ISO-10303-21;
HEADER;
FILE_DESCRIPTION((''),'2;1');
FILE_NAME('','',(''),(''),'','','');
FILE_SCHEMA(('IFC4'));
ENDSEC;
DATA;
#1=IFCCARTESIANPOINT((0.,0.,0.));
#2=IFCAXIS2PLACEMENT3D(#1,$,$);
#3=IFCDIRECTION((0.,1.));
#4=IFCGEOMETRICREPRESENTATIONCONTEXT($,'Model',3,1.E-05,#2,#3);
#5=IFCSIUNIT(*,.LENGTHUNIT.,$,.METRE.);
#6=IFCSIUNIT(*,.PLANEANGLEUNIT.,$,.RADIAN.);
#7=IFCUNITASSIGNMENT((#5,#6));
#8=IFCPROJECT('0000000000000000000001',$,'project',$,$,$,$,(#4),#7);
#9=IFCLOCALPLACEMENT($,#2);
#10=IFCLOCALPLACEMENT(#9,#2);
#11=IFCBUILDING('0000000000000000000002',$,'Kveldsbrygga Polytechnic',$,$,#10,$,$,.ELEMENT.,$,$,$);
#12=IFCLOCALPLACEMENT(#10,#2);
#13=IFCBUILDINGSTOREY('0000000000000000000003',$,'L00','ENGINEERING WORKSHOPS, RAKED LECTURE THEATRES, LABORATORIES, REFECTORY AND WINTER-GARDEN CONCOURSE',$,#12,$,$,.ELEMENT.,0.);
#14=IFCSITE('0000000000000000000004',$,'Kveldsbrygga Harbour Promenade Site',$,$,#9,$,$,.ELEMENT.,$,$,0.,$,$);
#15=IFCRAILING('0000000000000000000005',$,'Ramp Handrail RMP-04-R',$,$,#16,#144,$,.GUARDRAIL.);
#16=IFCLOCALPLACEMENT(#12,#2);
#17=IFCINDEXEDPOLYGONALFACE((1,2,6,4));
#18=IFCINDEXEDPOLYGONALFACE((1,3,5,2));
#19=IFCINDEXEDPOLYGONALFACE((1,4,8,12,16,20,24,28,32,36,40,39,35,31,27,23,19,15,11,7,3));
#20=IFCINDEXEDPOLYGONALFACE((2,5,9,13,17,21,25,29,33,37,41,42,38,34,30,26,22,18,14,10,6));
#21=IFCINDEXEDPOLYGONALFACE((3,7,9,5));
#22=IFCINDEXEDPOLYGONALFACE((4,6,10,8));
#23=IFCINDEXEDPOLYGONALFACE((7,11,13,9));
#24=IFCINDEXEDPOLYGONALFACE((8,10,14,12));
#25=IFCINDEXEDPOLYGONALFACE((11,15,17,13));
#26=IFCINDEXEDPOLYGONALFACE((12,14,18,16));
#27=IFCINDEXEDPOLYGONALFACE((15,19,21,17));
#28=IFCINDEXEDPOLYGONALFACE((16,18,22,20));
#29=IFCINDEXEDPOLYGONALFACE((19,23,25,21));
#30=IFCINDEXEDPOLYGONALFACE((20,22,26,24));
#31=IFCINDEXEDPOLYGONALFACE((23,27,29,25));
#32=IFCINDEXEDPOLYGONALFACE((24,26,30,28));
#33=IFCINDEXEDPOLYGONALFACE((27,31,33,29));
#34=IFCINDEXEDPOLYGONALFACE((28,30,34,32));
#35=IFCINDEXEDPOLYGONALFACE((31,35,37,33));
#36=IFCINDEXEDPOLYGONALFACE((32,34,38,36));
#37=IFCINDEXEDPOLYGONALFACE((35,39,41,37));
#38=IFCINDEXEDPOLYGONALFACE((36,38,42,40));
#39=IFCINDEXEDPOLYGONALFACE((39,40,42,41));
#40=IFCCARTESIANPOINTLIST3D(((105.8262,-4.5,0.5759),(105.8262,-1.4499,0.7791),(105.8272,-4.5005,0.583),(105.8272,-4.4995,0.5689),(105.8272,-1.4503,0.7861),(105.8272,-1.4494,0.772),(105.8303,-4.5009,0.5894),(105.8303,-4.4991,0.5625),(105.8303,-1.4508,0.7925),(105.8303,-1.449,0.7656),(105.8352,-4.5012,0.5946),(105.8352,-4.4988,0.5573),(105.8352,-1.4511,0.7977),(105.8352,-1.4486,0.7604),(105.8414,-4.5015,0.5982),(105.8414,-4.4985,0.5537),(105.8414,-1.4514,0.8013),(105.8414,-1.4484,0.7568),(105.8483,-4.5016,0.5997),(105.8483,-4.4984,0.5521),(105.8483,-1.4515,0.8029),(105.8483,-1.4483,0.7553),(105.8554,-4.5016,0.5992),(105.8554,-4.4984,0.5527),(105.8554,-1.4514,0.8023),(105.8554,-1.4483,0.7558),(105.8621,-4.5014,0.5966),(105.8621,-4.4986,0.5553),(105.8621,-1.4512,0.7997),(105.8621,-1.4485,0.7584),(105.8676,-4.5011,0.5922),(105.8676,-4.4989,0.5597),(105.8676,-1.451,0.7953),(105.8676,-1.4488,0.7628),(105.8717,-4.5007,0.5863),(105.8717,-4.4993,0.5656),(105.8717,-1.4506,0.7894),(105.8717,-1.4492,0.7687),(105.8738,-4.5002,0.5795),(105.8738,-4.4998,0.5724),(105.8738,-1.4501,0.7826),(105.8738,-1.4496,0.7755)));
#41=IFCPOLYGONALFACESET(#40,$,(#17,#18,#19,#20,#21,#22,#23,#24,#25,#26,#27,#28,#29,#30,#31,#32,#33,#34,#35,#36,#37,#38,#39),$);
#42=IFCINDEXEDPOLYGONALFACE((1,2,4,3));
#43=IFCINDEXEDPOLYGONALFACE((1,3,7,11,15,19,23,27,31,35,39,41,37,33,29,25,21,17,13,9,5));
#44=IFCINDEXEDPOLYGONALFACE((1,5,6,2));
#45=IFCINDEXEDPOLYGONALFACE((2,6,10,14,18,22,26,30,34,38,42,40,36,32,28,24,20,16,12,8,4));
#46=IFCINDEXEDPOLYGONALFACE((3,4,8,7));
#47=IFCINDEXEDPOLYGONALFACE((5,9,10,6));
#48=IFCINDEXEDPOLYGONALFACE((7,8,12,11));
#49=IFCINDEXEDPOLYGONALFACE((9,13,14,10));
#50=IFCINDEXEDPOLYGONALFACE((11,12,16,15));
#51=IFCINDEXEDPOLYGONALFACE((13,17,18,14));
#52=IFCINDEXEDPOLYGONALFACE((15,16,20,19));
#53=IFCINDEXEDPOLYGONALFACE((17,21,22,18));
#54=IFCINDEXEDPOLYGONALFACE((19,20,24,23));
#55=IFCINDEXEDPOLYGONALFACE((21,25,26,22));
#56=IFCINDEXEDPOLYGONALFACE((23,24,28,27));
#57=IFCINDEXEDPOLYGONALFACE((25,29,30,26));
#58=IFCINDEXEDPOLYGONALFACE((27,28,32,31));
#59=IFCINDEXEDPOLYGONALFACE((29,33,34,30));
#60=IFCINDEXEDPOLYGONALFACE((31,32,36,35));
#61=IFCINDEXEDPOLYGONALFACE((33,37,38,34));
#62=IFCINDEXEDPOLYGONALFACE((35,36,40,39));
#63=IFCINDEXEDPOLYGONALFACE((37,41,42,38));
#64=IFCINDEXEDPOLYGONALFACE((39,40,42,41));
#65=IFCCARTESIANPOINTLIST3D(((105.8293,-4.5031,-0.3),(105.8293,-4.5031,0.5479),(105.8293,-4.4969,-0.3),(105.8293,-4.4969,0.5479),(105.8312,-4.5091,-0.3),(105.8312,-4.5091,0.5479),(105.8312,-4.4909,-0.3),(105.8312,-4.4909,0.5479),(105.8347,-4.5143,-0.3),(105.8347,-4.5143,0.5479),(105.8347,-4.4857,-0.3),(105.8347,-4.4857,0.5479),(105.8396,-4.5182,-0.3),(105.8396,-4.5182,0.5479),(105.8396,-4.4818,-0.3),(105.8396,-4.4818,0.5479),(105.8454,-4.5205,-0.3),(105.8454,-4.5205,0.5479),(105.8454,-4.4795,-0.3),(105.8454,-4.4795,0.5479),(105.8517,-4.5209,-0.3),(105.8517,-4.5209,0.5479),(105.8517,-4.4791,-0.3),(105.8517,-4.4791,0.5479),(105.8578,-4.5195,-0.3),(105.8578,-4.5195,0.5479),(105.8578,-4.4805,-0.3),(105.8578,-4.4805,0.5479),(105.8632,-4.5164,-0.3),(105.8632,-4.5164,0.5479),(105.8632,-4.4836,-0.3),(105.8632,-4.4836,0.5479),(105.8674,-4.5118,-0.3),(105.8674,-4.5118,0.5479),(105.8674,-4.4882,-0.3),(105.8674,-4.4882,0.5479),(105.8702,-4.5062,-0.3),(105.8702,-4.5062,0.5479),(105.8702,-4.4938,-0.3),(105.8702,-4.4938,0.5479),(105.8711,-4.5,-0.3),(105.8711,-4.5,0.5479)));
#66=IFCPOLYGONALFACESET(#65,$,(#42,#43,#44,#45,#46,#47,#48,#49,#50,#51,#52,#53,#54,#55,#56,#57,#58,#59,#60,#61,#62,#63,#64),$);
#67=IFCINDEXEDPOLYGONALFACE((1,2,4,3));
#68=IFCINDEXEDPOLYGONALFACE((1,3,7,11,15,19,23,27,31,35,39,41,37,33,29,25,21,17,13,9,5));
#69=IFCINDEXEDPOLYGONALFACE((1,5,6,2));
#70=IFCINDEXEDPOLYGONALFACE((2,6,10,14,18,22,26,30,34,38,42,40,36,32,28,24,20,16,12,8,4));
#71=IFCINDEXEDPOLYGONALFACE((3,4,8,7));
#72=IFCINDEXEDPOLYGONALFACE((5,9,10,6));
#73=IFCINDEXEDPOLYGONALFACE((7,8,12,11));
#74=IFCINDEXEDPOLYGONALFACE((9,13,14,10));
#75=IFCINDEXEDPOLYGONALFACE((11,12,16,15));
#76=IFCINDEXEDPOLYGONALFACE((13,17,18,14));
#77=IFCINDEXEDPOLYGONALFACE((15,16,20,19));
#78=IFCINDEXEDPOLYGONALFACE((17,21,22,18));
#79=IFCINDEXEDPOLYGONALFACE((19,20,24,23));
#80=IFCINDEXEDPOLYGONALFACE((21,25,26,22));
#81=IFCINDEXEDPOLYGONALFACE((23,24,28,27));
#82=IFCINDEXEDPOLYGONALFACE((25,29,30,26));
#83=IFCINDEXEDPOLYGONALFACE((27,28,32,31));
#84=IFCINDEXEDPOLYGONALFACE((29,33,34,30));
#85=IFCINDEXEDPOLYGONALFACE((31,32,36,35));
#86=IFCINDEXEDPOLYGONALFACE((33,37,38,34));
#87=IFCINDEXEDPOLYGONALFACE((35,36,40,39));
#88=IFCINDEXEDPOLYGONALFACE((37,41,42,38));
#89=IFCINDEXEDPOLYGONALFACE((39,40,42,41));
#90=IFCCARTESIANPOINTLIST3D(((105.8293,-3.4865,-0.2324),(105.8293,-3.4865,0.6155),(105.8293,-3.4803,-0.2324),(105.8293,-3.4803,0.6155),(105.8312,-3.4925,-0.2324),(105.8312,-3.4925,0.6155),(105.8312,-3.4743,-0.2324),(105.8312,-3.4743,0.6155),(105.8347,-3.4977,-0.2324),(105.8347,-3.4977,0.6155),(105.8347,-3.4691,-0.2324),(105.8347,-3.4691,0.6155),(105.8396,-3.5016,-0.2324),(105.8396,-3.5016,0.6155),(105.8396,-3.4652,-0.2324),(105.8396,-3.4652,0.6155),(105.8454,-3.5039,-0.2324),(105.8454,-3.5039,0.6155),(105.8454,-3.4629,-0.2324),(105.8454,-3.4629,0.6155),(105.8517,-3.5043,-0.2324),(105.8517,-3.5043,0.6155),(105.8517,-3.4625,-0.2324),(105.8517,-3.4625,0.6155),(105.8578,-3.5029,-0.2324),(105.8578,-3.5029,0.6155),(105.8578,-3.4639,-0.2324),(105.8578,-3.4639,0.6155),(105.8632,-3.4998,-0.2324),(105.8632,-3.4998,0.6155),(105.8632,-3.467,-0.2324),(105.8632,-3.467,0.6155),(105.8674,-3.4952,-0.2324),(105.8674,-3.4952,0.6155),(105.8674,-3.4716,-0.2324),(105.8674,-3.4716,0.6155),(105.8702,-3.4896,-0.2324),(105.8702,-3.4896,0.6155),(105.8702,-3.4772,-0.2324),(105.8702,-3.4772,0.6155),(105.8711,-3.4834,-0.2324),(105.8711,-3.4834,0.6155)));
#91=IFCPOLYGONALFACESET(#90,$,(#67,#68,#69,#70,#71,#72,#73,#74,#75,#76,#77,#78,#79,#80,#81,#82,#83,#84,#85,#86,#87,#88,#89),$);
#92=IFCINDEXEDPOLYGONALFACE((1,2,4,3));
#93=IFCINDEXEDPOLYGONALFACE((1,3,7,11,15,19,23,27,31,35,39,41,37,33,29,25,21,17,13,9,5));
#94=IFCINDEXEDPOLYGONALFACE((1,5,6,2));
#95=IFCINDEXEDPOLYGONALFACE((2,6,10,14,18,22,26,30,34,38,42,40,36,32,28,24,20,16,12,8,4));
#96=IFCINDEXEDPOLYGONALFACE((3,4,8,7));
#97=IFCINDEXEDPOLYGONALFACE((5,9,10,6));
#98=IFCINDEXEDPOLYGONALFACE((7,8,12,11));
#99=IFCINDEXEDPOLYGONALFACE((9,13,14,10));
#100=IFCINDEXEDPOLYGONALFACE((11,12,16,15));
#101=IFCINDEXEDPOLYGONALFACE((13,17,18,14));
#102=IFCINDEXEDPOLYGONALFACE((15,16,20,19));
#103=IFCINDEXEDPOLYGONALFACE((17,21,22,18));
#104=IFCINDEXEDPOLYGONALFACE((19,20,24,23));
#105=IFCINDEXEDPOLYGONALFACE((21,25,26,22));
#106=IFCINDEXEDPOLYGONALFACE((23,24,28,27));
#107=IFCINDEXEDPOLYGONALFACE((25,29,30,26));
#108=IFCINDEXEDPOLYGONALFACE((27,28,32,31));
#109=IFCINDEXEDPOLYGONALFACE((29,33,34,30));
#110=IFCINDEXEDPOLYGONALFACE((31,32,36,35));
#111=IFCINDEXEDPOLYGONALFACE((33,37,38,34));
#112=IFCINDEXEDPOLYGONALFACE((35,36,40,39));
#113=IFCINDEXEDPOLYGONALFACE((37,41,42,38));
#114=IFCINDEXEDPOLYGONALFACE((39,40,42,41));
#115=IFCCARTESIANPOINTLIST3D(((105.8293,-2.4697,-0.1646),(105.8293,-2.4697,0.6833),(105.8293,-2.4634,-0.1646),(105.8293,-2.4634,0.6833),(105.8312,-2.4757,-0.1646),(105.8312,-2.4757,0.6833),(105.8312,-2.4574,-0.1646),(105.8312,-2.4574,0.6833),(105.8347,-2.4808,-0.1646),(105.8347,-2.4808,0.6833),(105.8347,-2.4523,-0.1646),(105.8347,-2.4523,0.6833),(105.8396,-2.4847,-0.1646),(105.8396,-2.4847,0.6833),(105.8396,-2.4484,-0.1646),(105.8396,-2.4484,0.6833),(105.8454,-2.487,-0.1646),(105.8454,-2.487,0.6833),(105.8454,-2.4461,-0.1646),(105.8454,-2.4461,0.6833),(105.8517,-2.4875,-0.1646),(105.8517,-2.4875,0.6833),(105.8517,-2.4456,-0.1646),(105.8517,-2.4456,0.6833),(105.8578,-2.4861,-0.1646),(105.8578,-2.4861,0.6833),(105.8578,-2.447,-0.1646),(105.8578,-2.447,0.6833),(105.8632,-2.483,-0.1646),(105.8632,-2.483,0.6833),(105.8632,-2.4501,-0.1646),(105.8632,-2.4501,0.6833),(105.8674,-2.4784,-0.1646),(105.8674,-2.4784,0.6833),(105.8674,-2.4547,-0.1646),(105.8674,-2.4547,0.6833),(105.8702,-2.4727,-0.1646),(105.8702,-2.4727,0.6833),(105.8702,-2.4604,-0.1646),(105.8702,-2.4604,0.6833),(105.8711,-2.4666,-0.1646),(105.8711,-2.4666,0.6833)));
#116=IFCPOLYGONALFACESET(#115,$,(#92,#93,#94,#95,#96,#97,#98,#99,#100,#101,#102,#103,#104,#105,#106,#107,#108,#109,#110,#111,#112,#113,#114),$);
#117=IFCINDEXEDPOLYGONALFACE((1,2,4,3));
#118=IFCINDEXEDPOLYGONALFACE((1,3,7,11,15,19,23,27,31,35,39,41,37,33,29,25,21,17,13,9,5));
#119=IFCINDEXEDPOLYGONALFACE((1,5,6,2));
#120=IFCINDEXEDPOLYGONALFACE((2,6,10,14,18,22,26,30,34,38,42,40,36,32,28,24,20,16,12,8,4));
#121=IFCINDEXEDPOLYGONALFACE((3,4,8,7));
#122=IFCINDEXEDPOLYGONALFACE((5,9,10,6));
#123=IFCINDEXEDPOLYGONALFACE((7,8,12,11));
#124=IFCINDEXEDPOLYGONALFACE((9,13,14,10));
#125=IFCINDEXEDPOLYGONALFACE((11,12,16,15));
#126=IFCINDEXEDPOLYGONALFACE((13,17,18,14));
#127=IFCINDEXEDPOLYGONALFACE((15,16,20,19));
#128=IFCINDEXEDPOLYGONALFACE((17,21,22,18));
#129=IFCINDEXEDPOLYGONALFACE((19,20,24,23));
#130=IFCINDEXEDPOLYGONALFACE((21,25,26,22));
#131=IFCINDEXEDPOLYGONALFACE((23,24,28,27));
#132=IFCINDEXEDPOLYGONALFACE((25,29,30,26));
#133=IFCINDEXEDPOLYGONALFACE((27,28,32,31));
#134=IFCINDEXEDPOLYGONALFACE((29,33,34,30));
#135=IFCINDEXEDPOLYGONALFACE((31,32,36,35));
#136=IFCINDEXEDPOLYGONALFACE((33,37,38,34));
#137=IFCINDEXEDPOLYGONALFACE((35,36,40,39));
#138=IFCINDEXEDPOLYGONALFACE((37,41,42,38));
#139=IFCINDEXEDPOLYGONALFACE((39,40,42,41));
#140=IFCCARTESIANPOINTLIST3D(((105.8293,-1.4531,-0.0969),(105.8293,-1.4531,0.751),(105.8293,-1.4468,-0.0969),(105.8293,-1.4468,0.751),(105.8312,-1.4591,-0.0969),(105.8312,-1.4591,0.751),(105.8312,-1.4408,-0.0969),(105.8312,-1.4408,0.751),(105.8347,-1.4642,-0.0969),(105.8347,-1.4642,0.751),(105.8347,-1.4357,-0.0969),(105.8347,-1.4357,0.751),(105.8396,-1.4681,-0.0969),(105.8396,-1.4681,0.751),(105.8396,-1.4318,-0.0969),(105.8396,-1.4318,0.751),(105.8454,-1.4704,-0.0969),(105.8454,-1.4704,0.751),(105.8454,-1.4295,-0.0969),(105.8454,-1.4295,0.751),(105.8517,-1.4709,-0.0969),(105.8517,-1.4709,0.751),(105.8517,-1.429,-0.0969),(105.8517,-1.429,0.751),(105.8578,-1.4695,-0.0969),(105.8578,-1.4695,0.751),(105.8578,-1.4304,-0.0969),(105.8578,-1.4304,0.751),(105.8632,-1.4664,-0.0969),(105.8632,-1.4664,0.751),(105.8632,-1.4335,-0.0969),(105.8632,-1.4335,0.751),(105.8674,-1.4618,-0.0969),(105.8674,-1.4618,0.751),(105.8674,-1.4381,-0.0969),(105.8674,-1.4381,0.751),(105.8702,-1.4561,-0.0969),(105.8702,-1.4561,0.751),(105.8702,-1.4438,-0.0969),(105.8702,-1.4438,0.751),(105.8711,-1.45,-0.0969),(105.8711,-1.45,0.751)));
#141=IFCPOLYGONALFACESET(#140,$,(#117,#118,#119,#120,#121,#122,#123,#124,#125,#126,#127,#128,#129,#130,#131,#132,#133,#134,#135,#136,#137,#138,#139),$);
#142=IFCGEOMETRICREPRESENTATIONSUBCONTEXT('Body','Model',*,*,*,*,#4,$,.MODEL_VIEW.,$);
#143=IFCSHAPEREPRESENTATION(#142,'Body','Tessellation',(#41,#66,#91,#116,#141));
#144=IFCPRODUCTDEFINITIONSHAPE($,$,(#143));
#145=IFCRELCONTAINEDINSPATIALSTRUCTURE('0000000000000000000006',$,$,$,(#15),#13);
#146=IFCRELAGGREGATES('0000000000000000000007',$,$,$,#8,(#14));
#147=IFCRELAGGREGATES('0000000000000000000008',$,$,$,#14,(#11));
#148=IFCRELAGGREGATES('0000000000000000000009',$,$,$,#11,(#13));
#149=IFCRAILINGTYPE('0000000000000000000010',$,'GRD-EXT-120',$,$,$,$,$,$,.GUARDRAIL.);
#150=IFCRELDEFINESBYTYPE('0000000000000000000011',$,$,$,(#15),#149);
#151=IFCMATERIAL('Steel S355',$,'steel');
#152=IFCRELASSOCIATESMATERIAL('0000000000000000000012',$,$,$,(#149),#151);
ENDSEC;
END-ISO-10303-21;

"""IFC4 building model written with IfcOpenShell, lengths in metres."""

from ifc_helpers import new_model, si_unit, direction, frame, origin, origin_2d, place, context, subcontext, project, spatial, circle, extrude, material, type_object, element, save


model = new_model("IFC4")

# Units and contexts
model_context = context("Model", 3, precision=1e-05, world=origin(), true_north=direction((0.0, 1.0)))
body_context = subcontext(model_context, "Body", "Model", "MODEL_VIEW")
ifc_project = project(units=[si_unit("LENGTHUNIT", "METRE"), si_unit("PLANEANGLEUNIT", "RADIAN")], contexts=[model_context])

# Site, building, storey
site_placement = place(None, origin())
site = spatial("IfcSite", under=ifc_project, at=site_placement, Name="Kveldsbrygga Harbour Promenade Site", CompositionType="ELEMENT", RefElevation=0.0)
building_placement = place(site_placement, origin())
building = spatial("IfcBuilding", under=site, at=building_placement, Name="Kveldsbrygga Polytechnic", CompositionType="ELEMENT")
storey_placement = place(building_placement, origin())
storey = spatial("IfcBuildingStorey", under=building, at=storey_placement, Name="L00", Description="ENGINEERING WORKSHOPS, RAKED LECTURE THEATRES, LABORATORIES, REFECTORY AND WINTER-GARDEN CONCOURSE", CompositionType="ELEMENT", Elevation=0.0)

# Shared definitions
ifc_material_1 = material(Name="Steel S355", Category="steel")

# Railing
railing_type = type_object("IfcRailingType", Name="GRD-EXT-120", PredefinedType="GUARDRAIL", material=ifc_material_1)
for number, where, name in (
    (1, (105.8501, -4.5, -0.3), "Ramp Handrail RMP-04-R"),
):
    element("IfcRailing", number, at=place(storey_placement, frame(where)), inside=storey, type_object=railing_type, Name=name, PredefinedType="GUARDRAIL", context=body_context, shape_type="SweptSolid", body=[
        extrude(circle(Radius=0.0239, at=origin_2d()), frame((0.0, 0.0, 0.876), z_axis=(0.0, 0.99779, 0.06645), x_axis=(-1.0, 0.0, 0.0)), (0.0, 0.0, 1.0), 3.0569),
        extrude(circle(Radius=0.021, at=origin_2d()), origin(), (0.0, 0.0, 1.0), 0.8479),
        extrude(circle(Radius=0.021, at=origin_2d()), frame((0.0, 1.0166, 0.0676)), (0.0, 0.0, 1.0), 0.8479),
        extrude(circle(Radius=0.021, at=origin_2d()), frame((0.0, 2.0334, 0.1355)), (0.0, 0.0, 1.0), 0.8479),
        extrude(circle(Radius=0.021, at=origin_2d()), frame((0.0, 3.05, 0.2031)), (0.0, 0.0, 1.0), 0.8479),
    ])

save(model, "model.ifc")
